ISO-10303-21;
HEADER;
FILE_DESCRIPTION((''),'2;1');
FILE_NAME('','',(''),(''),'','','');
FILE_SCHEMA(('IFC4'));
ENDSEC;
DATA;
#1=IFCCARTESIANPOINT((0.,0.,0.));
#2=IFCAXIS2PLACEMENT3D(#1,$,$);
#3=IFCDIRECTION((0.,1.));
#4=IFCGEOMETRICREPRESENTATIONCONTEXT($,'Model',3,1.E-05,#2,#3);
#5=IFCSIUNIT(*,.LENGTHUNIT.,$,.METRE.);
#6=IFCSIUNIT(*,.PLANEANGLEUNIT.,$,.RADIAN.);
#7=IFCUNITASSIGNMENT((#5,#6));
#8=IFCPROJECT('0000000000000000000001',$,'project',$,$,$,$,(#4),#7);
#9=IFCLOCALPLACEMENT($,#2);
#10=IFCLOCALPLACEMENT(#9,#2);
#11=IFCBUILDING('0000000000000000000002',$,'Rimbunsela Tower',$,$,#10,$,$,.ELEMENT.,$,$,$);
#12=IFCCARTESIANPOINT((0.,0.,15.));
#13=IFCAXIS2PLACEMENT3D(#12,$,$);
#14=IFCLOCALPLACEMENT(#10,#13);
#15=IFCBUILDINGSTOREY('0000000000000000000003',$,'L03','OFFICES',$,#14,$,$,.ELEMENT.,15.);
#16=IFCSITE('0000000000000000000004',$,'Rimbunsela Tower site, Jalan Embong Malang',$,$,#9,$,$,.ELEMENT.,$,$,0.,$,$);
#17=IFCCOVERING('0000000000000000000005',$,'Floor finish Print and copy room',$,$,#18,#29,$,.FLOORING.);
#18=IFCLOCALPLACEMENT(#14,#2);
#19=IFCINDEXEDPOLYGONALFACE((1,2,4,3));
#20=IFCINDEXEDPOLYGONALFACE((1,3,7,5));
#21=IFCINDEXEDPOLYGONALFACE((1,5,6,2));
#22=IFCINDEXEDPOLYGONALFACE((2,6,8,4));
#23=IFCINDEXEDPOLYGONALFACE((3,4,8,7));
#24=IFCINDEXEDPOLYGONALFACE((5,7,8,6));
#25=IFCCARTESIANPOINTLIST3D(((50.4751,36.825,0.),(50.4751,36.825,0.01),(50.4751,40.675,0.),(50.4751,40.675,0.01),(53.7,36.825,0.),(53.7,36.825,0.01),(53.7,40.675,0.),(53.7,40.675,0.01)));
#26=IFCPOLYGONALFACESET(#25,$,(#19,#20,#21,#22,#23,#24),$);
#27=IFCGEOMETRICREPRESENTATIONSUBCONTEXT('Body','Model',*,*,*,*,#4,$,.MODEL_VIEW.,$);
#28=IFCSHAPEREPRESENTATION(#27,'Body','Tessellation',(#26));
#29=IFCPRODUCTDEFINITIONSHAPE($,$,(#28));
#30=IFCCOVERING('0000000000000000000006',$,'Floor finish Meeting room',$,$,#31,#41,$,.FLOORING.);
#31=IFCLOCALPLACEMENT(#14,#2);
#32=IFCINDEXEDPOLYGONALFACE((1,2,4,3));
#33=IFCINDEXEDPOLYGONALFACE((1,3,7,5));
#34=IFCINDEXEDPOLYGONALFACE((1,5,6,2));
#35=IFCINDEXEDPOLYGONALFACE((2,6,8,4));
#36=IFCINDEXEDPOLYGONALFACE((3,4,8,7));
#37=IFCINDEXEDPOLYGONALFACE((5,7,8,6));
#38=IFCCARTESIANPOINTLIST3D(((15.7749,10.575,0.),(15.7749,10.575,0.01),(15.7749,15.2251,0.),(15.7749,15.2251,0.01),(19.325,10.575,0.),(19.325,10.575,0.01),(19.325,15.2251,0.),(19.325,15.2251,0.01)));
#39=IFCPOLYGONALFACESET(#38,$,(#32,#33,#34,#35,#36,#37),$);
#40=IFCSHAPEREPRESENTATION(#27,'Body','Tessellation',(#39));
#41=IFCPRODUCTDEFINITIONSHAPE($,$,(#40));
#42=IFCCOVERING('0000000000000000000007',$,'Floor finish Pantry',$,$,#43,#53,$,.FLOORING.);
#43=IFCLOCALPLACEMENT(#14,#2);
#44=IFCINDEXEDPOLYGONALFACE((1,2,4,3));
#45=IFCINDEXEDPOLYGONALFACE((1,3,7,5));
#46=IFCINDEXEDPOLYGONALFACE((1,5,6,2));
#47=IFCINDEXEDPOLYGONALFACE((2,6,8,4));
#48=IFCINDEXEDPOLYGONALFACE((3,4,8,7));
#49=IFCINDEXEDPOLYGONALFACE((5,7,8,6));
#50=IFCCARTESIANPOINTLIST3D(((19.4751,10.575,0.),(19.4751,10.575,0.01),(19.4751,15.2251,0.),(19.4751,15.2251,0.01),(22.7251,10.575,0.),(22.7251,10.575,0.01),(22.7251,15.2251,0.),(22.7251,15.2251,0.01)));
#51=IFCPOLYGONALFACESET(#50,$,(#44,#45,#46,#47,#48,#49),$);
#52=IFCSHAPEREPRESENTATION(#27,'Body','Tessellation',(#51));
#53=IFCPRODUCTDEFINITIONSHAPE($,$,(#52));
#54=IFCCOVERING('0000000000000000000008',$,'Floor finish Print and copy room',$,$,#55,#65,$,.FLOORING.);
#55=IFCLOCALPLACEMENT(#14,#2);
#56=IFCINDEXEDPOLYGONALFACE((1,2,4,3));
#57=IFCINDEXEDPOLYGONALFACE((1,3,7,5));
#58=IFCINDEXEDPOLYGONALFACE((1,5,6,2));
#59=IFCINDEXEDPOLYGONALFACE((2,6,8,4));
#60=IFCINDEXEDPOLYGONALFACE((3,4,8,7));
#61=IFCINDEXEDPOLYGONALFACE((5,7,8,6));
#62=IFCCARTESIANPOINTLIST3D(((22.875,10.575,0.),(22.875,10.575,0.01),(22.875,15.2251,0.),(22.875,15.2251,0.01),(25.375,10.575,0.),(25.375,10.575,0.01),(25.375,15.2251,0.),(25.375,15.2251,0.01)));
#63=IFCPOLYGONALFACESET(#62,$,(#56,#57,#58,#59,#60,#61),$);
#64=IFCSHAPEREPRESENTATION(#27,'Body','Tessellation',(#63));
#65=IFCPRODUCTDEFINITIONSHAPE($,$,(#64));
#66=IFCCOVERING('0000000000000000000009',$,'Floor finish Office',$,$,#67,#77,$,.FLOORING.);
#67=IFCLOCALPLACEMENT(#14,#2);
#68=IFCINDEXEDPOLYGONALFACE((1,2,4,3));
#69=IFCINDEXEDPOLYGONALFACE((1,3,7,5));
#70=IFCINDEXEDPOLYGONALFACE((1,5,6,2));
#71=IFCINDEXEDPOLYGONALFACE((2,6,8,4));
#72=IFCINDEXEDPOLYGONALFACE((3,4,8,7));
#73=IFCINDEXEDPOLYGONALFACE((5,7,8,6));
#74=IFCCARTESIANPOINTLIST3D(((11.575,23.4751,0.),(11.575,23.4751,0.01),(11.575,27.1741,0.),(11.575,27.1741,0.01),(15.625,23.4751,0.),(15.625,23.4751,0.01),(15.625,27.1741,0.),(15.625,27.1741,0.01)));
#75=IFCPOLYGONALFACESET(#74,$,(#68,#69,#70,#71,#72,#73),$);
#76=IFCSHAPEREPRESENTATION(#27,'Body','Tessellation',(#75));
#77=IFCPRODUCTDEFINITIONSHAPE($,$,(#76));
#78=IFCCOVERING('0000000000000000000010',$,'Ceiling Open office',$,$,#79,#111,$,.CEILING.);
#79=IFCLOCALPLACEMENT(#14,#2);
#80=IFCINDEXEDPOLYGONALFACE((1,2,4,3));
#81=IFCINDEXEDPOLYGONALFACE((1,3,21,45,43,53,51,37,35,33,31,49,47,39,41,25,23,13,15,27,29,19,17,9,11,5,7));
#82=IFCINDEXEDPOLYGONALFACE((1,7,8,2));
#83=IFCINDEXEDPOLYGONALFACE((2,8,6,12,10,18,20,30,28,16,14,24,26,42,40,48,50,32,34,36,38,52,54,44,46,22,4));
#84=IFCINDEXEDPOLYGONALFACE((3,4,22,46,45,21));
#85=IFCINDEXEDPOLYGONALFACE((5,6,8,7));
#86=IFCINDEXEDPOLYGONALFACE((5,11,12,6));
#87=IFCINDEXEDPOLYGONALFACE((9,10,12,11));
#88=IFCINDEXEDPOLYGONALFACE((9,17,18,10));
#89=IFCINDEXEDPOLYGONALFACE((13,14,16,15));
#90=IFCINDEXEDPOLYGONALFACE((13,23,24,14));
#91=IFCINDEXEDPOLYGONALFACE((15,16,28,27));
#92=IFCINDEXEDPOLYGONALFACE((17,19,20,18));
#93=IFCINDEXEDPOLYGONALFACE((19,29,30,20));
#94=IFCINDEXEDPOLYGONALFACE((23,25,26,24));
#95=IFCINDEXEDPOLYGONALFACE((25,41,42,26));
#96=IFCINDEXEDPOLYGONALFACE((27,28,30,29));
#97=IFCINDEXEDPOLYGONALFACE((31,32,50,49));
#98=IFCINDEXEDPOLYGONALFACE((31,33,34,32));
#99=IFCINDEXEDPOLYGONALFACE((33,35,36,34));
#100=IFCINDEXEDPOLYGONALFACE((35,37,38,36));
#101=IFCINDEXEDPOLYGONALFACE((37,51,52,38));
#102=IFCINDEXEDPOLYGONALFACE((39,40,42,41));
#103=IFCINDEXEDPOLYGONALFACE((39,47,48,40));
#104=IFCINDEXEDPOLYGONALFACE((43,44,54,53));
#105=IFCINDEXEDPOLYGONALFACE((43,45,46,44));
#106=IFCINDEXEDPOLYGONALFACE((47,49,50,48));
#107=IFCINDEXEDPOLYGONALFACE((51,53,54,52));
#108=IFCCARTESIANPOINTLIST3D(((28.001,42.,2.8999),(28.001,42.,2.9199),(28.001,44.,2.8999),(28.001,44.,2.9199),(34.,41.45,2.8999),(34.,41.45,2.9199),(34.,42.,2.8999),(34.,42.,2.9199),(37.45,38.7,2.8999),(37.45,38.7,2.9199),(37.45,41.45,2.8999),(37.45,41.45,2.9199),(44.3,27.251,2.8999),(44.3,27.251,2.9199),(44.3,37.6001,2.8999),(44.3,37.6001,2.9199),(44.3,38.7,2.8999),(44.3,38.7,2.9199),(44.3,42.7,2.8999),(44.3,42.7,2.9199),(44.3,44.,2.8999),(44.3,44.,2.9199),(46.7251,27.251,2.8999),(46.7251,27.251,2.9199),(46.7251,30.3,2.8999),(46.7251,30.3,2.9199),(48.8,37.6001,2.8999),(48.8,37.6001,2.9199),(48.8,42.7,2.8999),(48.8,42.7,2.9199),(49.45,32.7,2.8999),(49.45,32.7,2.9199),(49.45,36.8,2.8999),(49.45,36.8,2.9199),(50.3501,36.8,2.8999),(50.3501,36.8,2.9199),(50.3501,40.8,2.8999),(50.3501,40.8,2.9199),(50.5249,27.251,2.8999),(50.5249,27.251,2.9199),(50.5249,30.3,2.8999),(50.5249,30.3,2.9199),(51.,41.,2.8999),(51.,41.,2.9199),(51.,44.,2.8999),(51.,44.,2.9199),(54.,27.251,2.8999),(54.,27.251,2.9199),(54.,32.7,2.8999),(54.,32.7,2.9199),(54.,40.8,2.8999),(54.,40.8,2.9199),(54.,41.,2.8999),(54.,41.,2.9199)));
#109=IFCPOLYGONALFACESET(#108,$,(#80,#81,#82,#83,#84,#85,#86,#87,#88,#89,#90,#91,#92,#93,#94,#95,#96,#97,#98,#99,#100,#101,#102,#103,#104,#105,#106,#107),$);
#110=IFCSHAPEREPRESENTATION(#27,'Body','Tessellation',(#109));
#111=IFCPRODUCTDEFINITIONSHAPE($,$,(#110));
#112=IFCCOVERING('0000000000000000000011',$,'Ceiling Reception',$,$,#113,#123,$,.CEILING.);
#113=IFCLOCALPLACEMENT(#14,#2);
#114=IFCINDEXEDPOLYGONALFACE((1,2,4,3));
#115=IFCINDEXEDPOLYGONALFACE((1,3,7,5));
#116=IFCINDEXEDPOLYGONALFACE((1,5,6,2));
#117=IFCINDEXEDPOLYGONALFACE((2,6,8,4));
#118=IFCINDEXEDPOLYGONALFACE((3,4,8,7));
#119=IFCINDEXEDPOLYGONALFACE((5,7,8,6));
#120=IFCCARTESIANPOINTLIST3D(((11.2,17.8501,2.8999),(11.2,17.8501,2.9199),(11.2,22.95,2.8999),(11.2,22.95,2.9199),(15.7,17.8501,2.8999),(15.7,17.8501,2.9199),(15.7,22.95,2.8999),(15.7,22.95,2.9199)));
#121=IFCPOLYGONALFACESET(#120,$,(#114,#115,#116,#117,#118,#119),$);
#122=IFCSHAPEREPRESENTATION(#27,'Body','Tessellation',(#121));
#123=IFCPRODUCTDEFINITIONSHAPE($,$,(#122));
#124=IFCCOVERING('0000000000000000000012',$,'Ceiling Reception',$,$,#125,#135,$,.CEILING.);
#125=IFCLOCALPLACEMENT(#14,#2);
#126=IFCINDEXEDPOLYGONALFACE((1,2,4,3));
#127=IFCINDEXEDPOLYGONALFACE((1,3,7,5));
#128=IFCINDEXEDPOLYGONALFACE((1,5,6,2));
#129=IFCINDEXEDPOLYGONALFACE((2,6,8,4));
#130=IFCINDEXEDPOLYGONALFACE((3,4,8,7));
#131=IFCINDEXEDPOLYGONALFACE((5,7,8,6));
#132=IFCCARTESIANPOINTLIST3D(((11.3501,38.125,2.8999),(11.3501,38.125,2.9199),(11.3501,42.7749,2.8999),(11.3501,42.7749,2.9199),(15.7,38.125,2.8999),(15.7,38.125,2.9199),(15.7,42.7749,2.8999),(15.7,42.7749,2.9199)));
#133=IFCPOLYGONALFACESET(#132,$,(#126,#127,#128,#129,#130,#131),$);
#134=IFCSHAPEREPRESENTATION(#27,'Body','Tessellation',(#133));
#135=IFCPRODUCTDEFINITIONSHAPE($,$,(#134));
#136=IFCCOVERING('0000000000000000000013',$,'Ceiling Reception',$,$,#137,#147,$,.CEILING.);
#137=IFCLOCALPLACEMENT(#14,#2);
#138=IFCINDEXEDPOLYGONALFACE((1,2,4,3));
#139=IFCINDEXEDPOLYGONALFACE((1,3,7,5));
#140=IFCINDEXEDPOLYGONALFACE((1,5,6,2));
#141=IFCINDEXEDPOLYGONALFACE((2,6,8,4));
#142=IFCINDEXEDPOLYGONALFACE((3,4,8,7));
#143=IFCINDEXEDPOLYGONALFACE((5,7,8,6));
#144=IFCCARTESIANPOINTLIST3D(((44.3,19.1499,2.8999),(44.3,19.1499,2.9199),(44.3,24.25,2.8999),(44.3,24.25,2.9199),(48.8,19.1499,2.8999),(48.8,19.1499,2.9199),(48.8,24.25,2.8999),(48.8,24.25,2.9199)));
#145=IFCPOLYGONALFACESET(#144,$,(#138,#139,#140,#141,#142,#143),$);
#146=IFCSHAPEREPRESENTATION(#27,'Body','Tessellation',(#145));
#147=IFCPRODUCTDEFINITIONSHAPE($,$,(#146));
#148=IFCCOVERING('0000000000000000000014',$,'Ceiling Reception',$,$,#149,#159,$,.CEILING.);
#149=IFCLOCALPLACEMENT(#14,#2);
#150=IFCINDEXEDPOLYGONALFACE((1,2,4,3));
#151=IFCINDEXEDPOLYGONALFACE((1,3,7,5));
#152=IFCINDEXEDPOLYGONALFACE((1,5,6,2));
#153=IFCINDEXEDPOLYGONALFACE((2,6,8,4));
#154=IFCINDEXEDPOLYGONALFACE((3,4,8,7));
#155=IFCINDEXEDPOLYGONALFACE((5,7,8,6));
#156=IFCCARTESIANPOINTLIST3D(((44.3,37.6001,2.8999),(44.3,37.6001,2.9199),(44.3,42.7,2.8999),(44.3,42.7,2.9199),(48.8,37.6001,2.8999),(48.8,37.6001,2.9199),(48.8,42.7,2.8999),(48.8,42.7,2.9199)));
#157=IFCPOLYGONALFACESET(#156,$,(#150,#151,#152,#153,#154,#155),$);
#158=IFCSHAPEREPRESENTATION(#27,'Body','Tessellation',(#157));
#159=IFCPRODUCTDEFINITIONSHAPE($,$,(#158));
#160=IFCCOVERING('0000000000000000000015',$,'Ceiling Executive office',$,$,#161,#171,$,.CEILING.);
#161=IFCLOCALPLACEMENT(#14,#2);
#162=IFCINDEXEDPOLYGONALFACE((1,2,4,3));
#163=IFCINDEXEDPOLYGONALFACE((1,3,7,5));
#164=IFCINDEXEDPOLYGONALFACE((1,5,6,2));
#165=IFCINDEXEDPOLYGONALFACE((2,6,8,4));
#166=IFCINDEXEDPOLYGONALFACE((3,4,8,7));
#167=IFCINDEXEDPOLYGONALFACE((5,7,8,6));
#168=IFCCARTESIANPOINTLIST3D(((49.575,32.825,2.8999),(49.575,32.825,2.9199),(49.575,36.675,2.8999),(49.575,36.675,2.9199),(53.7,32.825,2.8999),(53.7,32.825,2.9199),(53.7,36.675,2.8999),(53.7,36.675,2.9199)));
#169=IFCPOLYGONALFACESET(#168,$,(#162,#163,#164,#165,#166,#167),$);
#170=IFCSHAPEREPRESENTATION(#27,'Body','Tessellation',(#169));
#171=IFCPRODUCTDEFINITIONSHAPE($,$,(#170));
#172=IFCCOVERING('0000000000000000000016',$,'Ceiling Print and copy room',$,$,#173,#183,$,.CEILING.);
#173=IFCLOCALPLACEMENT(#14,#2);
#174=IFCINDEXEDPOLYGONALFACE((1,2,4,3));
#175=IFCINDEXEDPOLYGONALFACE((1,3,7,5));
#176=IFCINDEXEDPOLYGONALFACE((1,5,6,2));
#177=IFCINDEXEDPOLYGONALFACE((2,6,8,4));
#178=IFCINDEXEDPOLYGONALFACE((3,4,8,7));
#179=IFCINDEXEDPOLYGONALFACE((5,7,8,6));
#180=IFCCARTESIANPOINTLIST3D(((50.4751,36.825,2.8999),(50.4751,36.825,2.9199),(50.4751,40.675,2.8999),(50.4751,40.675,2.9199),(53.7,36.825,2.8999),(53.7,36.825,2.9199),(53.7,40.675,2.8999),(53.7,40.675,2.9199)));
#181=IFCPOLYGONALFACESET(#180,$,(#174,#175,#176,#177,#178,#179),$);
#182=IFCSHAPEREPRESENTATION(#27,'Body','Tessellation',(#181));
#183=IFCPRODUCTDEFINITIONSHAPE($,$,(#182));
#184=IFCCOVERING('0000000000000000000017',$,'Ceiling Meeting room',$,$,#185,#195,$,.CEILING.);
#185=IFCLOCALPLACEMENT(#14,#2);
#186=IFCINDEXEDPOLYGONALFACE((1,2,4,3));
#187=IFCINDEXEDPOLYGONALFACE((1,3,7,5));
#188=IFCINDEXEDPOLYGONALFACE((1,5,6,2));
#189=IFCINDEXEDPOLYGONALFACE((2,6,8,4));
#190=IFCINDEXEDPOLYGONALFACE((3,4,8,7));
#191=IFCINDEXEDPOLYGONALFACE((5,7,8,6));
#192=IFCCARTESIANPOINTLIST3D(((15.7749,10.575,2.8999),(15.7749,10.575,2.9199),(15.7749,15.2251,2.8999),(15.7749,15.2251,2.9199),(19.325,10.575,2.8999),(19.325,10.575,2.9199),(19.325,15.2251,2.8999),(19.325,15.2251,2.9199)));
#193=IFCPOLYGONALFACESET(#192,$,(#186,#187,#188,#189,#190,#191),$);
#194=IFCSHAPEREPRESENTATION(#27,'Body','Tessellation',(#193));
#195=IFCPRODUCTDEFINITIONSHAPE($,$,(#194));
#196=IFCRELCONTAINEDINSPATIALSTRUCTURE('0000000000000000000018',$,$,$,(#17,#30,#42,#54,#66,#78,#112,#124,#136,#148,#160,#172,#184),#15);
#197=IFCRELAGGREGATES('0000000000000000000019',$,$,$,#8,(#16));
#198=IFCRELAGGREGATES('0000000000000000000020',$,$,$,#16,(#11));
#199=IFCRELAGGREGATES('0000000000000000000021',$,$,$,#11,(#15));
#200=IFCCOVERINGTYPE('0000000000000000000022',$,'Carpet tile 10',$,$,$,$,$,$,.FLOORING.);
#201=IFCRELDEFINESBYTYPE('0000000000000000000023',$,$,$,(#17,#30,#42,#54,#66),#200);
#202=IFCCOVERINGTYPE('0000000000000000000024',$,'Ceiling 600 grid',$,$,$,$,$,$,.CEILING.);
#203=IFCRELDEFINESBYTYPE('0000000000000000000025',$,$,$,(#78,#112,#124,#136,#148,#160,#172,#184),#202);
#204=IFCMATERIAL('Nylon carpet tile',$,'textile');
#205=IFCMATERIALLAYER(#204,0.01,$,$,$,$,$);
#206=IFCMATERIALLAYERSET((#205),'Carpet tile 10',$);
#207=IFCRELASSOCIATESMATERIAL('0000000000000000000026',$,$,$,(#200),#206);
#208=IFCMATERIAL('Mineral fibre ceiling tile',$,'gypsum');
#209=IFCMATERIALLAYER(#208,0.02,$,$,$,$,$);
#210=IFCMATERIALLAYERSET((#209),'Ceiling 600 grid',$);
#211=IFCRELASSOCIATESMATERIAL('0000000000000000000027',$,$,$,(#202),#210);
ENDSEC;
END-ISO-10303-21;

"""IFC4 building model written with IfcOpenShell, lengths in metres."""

from ifc_helpers import new_model, si_unit, direction, frame, origin, place, context, subcontext, project, spatial, polyline, outline, extrude, material, layer, layer_set, type_object, element, save


model = new_model("IFC4")

# Units and contexts
model_context = context("Model", 3, precision=1e-05, world=origin(), true_north=direction((0.0, 1.0)))
body_context = subcontext(model_context, "Body", "Model", "MODEL_VIEW")
ifc_project = project(units=[si_unit("LENGTHUNIT", "METRE"), si_unit("PLANEANGLEUNIT", "RADIAN")], contexts=[model_context])

# Site, building, storey
site_placement = place(None, origin())
site = spatial("IfcSite", under=ifc_project, at=site_placement, Name="Rimbunsela Tower site, Jalan Embong Malang", CompositionType="ELEMENT", RefElevation=0.0)
building_placement = place(site_placement, origin())
building = spatial("IfcBuilding", under=site, at=building_placement, Name="Rimbunsela Tower", CompositionType="ELEMENT")
storey_placement = place(building_placement, frame((0.0, 0.0, 15.0)))
storey = spatial("IfcBuildingStorey", under=building, at=storey_placement, Name="L03", Description="OFFICES", CompositionType="ELEMENT", Elevation=15.0)

# Coverings
ifc_material_1 = material(Name="Nylon carpet tile", Category="textile")
ifc_layer_1 = layer(ifc_material_1, 0.01)
ifc_layer_set_1 = layer_set([ifc_layer_1], Name="Carpet tile 10")
covering_type_1 = type_object("IfcCoveringType", Name="Carpet tile 10", PredefinedType="FLOORING", material=ifc_layer_set_1)
covering_1_placement = place(storey_placement, origin())
element("IfcCovering", 1, at=covering_1_placement, inside=storey, type_object=covering_type_1, Name="Floor finish Print and copy room", PredefinedType="FLOORING", context=body_context, shape_type="SweptSolid", body=[
    extrude(outline(polyline([(53.7, 36.825), (53.7, 40.675), (50.4751, 40.675), (50.4751, 36.825), (53.7, 36.825)])), origin(), (0.0, 0.0, 1.0), 0.01),
])
covering_2_placement = place(storey_placement, origin())
element("IfcCovering", 2, at=covering_2_placement, inside=storey, type_object=covering_type_1, Name="Floor finish Meeting room", PredefinedType="FLOORING", context=body_context, shape_type="SweptSolid", body=[
    extrude(outline(polyline([(19.325, 10.575), (19.325, 15.2251), (15.7749, 15.2251), (15.7749, 10.575), (19.325, 10.575)])), origin(), (0.0, 0.0, 1.0), 0.01),
])
covering_3_placement = place(storey_placement, origin())
element("IfcCovering", 3, at=covering_3_placement, inside=storey, type_object=covering_type_1, Name="Floor finish Pantry", PredefinedType="FLOORING", context=body_context, shape_type="SweptSolid", body=[
    extrude(outline(polyline([(22.7251, 10.575), (22.7251, 15.2251), (19.4751, 15.2251), (19.4751, 10.575), (22.7251, 10.575)])), origin(), (0.0, 0.0, 1.0), 0.01),
])
covering_4_placement = place(storey_placement, origin())
element("IfcCovering", 4, at=covering_4_placement, inside=storey, type_object=covering_type_1, Name="Floor finish Print and copy room", PredefinedType="FLOORING", context=body_context, shape_type="SweptSolid", body=[
    extrude(outline(polyline([(25.375, 10.575), (25.375, 15.2251), (22.875, 15.2251), (22.875, 10.575), (25.375, 10.575)])), origin(), (0.0, 0.0, 1.0), 0.01),
])
covering_5_placement = place(storey_placement, origin())
element("IfcCovering", 5, at=covering_5_placement, inside=storey, type_object=covering_type_1, Name="Floor finish Office", PredefinedType="FLOORING", context=body_context, shape_type="SweptSolid", body=[
    extrude(outline(polyline([(15.625, 23.4751), (15.625, 27.1741), (11.575, 27.1741), (11.575, 23.4751), (15.625, 23.4751)])), origin(), (0.0, 0.0, 1.0), 0.01),
])
ifc_material_2 = material(Name="Mineral fibre ceiling tile", Category="gypsum")
ifc_layer_2 = layer(ifc_material_2, 0.02)
ifc_layer_set_2 = layer_set([ifc_layer_2], Name="Ceiling 600 grid")
covering_type_2 = type_object("IfcCoveringType", Name="Ceiling 600 grid", PredefinedType="CEILING", material=ifc_layer_set_2)
covering_6_placement = place(storey_placement, frame((0.0, 0.0, 2.8999)))
element("IfcCovering", 6, at=covering_6_placement, inside=storey, type_object=covering_type_2, Name="Ceiling Open office", PredefinedType="CEILING", context=body_context, shape_type="SweptSolid", body=[
    extrude(outline(polyline([(44.3, 38.7), (37.45, 38.7), (37.45, 41.45), (34.0, 41.45), (34.0, 42.0), (28.001, 42.0), (28.001, 44.0), (44.3, 44.0), (51.0, 44.0), (51.0, 41.0), (54.0, 41.0), (54.0, 40.8), (50.3501, 40.8), (50.3501, 36.8), (49.45, 36.8), (49.45, 32.7), (54.0, 32.7), (54.0, 27.251), (50.5249, 27.251), (50.5249, 30.3), (46.7251, 30.3), (46.7251, 27.251), (44.3, 27.251), (44.3, 37.6001), (48.8, 37.6001), (48.8, 42.7), (44.3, 42.7), (44.3, 38.7)])), origin(), (0.0, 0.0, 1.0), 0.02),
])
covering_7_placement = place(storey_placement, frame((0.0, 0.0, 2.8999)))
element("IfcCovering", 7, at=covering_7_placement, inside=storey, type_object=covering_type_2, Name="Ceiling Reception", PredefinedType="CEILING", context=body_context, shape_type="SweptSolid", body=[
    extrude(outline(polyline([(15.7, 17.8501), (15.7, 22.95), (11.2, 22.95), (11.2, 17.8501), (15.7, 17.8501)])), origin(), (0.0, 0.0, 1.0), 0.02),
])
covering_8_placement = place(storey_placement, frame((0.0, 0.0, 2.8999)))
element("IfcCovering", 8, at=covering_8_placement, inside=storey, type_object=covering_type_2, Name="Ceiling Reception", PredefinedType="CEILING", context=body_context, shape_type="SweptSolid", body=[
    extrude(outline(polyline([(15.7, 38.125), (15.7, 42.7749), (11.3501, 42.7749), (11.3501, 38.125), (15.7, 38.125)])), origin(), (0.0, 0.0, 1.0), 0.02),
])
covering_9_placement = place(storey_placement, frame((0.0, 0.0, 2.8999)))
element("IfcCovering", 9, at=covering_9_placement, inside=storey, type_object=covering_type_2, Name="Ceiling Reception", PredefinedType="CEILING", context=body_context, shape_type="SweptSolid", body=[
    extrude(outline(polyline([(48.8, 19.1499), (48.8, 24.25), (44.3, 24.25), (44.3, 19.1499), (48.8, 19.1499)])), origin(), (0.0, 0.0, 1.0), 0.02),
])
covering_10_placement = place(storey_placement, frame((0.0, 0.0, 2.8999)))
element("IfcCovering", 10, at=covering_10_placement, inside=storey, type_object=covering_type_2, Name="Ceiling Reception", PredefinedType="CEILING", context=body_context, shape_type="SweptSolid", body=[
    extrude(outline(polyline([(48.8, 37.6001), (48.8, 42.7), (44.3, 42.7), (44.3, 37.6001), (48.8, 37.6001)])), origin(), (0.0, 0.0, 1.0), 0.02),
])
covering_11_placement = place(storey_placement, frame((0.0, 0.0, 2.8999)))
element("IfcCovering", 11, at=covering_11_placement, inside=storey, type_object=covering_type_2, Name="Ceiling Executive office", PredefinedType="CEILING", context=body_context, shape_type="SweptSolid", body=[
    extrude(outline(polyline([(53.7, 32.825), (53.7, 36.675), (49.575, 36.675), (49.575, 32.825), (53.7, 32.825)])), origin(), (0.0, 0.0, 1.0), 0.02),
])
covering_12_placement = place(storey_placement, frame((0.0, 0.0, 2.8999)))
element("IfcCovering", 12, at=covering_12_placement, inside=storey, type_object=covering_type_2, Name="Ceiling Print and copy room", PredefinedType="CEILING", context=body_context, shape_type="SweptSolid", body=[
    extrude(outline(polyline([(53.7, 36.825), (53.7, 40.675), (50.4751, 40.675), (50.4751, 36.825), (53.7, 36.825)])), origin(), (0.0, 0.0, 1.0), 0.02),
])
covering_13_placement = place(storey_placement, frame((0.0, 0.0, 2.8999)))
element("IfcCovering", 13, at=covering_13_placement, inside=storey, type_object=covering_type_2, Name="Ceiling Meeting room", PredefinedType="CEILING", context=body_context, shape_type="SweptSolid", body=[
    extrude(outline(polyline([(19.325, 10.575), (19.325, 15.2251), (15.7749, 15.2251), (15.7749, 10.575), (19.325, 10.575)])), origin(), (0.0, 0.0, 1.0), 0.02),
])

save(model, "model.ifc")
